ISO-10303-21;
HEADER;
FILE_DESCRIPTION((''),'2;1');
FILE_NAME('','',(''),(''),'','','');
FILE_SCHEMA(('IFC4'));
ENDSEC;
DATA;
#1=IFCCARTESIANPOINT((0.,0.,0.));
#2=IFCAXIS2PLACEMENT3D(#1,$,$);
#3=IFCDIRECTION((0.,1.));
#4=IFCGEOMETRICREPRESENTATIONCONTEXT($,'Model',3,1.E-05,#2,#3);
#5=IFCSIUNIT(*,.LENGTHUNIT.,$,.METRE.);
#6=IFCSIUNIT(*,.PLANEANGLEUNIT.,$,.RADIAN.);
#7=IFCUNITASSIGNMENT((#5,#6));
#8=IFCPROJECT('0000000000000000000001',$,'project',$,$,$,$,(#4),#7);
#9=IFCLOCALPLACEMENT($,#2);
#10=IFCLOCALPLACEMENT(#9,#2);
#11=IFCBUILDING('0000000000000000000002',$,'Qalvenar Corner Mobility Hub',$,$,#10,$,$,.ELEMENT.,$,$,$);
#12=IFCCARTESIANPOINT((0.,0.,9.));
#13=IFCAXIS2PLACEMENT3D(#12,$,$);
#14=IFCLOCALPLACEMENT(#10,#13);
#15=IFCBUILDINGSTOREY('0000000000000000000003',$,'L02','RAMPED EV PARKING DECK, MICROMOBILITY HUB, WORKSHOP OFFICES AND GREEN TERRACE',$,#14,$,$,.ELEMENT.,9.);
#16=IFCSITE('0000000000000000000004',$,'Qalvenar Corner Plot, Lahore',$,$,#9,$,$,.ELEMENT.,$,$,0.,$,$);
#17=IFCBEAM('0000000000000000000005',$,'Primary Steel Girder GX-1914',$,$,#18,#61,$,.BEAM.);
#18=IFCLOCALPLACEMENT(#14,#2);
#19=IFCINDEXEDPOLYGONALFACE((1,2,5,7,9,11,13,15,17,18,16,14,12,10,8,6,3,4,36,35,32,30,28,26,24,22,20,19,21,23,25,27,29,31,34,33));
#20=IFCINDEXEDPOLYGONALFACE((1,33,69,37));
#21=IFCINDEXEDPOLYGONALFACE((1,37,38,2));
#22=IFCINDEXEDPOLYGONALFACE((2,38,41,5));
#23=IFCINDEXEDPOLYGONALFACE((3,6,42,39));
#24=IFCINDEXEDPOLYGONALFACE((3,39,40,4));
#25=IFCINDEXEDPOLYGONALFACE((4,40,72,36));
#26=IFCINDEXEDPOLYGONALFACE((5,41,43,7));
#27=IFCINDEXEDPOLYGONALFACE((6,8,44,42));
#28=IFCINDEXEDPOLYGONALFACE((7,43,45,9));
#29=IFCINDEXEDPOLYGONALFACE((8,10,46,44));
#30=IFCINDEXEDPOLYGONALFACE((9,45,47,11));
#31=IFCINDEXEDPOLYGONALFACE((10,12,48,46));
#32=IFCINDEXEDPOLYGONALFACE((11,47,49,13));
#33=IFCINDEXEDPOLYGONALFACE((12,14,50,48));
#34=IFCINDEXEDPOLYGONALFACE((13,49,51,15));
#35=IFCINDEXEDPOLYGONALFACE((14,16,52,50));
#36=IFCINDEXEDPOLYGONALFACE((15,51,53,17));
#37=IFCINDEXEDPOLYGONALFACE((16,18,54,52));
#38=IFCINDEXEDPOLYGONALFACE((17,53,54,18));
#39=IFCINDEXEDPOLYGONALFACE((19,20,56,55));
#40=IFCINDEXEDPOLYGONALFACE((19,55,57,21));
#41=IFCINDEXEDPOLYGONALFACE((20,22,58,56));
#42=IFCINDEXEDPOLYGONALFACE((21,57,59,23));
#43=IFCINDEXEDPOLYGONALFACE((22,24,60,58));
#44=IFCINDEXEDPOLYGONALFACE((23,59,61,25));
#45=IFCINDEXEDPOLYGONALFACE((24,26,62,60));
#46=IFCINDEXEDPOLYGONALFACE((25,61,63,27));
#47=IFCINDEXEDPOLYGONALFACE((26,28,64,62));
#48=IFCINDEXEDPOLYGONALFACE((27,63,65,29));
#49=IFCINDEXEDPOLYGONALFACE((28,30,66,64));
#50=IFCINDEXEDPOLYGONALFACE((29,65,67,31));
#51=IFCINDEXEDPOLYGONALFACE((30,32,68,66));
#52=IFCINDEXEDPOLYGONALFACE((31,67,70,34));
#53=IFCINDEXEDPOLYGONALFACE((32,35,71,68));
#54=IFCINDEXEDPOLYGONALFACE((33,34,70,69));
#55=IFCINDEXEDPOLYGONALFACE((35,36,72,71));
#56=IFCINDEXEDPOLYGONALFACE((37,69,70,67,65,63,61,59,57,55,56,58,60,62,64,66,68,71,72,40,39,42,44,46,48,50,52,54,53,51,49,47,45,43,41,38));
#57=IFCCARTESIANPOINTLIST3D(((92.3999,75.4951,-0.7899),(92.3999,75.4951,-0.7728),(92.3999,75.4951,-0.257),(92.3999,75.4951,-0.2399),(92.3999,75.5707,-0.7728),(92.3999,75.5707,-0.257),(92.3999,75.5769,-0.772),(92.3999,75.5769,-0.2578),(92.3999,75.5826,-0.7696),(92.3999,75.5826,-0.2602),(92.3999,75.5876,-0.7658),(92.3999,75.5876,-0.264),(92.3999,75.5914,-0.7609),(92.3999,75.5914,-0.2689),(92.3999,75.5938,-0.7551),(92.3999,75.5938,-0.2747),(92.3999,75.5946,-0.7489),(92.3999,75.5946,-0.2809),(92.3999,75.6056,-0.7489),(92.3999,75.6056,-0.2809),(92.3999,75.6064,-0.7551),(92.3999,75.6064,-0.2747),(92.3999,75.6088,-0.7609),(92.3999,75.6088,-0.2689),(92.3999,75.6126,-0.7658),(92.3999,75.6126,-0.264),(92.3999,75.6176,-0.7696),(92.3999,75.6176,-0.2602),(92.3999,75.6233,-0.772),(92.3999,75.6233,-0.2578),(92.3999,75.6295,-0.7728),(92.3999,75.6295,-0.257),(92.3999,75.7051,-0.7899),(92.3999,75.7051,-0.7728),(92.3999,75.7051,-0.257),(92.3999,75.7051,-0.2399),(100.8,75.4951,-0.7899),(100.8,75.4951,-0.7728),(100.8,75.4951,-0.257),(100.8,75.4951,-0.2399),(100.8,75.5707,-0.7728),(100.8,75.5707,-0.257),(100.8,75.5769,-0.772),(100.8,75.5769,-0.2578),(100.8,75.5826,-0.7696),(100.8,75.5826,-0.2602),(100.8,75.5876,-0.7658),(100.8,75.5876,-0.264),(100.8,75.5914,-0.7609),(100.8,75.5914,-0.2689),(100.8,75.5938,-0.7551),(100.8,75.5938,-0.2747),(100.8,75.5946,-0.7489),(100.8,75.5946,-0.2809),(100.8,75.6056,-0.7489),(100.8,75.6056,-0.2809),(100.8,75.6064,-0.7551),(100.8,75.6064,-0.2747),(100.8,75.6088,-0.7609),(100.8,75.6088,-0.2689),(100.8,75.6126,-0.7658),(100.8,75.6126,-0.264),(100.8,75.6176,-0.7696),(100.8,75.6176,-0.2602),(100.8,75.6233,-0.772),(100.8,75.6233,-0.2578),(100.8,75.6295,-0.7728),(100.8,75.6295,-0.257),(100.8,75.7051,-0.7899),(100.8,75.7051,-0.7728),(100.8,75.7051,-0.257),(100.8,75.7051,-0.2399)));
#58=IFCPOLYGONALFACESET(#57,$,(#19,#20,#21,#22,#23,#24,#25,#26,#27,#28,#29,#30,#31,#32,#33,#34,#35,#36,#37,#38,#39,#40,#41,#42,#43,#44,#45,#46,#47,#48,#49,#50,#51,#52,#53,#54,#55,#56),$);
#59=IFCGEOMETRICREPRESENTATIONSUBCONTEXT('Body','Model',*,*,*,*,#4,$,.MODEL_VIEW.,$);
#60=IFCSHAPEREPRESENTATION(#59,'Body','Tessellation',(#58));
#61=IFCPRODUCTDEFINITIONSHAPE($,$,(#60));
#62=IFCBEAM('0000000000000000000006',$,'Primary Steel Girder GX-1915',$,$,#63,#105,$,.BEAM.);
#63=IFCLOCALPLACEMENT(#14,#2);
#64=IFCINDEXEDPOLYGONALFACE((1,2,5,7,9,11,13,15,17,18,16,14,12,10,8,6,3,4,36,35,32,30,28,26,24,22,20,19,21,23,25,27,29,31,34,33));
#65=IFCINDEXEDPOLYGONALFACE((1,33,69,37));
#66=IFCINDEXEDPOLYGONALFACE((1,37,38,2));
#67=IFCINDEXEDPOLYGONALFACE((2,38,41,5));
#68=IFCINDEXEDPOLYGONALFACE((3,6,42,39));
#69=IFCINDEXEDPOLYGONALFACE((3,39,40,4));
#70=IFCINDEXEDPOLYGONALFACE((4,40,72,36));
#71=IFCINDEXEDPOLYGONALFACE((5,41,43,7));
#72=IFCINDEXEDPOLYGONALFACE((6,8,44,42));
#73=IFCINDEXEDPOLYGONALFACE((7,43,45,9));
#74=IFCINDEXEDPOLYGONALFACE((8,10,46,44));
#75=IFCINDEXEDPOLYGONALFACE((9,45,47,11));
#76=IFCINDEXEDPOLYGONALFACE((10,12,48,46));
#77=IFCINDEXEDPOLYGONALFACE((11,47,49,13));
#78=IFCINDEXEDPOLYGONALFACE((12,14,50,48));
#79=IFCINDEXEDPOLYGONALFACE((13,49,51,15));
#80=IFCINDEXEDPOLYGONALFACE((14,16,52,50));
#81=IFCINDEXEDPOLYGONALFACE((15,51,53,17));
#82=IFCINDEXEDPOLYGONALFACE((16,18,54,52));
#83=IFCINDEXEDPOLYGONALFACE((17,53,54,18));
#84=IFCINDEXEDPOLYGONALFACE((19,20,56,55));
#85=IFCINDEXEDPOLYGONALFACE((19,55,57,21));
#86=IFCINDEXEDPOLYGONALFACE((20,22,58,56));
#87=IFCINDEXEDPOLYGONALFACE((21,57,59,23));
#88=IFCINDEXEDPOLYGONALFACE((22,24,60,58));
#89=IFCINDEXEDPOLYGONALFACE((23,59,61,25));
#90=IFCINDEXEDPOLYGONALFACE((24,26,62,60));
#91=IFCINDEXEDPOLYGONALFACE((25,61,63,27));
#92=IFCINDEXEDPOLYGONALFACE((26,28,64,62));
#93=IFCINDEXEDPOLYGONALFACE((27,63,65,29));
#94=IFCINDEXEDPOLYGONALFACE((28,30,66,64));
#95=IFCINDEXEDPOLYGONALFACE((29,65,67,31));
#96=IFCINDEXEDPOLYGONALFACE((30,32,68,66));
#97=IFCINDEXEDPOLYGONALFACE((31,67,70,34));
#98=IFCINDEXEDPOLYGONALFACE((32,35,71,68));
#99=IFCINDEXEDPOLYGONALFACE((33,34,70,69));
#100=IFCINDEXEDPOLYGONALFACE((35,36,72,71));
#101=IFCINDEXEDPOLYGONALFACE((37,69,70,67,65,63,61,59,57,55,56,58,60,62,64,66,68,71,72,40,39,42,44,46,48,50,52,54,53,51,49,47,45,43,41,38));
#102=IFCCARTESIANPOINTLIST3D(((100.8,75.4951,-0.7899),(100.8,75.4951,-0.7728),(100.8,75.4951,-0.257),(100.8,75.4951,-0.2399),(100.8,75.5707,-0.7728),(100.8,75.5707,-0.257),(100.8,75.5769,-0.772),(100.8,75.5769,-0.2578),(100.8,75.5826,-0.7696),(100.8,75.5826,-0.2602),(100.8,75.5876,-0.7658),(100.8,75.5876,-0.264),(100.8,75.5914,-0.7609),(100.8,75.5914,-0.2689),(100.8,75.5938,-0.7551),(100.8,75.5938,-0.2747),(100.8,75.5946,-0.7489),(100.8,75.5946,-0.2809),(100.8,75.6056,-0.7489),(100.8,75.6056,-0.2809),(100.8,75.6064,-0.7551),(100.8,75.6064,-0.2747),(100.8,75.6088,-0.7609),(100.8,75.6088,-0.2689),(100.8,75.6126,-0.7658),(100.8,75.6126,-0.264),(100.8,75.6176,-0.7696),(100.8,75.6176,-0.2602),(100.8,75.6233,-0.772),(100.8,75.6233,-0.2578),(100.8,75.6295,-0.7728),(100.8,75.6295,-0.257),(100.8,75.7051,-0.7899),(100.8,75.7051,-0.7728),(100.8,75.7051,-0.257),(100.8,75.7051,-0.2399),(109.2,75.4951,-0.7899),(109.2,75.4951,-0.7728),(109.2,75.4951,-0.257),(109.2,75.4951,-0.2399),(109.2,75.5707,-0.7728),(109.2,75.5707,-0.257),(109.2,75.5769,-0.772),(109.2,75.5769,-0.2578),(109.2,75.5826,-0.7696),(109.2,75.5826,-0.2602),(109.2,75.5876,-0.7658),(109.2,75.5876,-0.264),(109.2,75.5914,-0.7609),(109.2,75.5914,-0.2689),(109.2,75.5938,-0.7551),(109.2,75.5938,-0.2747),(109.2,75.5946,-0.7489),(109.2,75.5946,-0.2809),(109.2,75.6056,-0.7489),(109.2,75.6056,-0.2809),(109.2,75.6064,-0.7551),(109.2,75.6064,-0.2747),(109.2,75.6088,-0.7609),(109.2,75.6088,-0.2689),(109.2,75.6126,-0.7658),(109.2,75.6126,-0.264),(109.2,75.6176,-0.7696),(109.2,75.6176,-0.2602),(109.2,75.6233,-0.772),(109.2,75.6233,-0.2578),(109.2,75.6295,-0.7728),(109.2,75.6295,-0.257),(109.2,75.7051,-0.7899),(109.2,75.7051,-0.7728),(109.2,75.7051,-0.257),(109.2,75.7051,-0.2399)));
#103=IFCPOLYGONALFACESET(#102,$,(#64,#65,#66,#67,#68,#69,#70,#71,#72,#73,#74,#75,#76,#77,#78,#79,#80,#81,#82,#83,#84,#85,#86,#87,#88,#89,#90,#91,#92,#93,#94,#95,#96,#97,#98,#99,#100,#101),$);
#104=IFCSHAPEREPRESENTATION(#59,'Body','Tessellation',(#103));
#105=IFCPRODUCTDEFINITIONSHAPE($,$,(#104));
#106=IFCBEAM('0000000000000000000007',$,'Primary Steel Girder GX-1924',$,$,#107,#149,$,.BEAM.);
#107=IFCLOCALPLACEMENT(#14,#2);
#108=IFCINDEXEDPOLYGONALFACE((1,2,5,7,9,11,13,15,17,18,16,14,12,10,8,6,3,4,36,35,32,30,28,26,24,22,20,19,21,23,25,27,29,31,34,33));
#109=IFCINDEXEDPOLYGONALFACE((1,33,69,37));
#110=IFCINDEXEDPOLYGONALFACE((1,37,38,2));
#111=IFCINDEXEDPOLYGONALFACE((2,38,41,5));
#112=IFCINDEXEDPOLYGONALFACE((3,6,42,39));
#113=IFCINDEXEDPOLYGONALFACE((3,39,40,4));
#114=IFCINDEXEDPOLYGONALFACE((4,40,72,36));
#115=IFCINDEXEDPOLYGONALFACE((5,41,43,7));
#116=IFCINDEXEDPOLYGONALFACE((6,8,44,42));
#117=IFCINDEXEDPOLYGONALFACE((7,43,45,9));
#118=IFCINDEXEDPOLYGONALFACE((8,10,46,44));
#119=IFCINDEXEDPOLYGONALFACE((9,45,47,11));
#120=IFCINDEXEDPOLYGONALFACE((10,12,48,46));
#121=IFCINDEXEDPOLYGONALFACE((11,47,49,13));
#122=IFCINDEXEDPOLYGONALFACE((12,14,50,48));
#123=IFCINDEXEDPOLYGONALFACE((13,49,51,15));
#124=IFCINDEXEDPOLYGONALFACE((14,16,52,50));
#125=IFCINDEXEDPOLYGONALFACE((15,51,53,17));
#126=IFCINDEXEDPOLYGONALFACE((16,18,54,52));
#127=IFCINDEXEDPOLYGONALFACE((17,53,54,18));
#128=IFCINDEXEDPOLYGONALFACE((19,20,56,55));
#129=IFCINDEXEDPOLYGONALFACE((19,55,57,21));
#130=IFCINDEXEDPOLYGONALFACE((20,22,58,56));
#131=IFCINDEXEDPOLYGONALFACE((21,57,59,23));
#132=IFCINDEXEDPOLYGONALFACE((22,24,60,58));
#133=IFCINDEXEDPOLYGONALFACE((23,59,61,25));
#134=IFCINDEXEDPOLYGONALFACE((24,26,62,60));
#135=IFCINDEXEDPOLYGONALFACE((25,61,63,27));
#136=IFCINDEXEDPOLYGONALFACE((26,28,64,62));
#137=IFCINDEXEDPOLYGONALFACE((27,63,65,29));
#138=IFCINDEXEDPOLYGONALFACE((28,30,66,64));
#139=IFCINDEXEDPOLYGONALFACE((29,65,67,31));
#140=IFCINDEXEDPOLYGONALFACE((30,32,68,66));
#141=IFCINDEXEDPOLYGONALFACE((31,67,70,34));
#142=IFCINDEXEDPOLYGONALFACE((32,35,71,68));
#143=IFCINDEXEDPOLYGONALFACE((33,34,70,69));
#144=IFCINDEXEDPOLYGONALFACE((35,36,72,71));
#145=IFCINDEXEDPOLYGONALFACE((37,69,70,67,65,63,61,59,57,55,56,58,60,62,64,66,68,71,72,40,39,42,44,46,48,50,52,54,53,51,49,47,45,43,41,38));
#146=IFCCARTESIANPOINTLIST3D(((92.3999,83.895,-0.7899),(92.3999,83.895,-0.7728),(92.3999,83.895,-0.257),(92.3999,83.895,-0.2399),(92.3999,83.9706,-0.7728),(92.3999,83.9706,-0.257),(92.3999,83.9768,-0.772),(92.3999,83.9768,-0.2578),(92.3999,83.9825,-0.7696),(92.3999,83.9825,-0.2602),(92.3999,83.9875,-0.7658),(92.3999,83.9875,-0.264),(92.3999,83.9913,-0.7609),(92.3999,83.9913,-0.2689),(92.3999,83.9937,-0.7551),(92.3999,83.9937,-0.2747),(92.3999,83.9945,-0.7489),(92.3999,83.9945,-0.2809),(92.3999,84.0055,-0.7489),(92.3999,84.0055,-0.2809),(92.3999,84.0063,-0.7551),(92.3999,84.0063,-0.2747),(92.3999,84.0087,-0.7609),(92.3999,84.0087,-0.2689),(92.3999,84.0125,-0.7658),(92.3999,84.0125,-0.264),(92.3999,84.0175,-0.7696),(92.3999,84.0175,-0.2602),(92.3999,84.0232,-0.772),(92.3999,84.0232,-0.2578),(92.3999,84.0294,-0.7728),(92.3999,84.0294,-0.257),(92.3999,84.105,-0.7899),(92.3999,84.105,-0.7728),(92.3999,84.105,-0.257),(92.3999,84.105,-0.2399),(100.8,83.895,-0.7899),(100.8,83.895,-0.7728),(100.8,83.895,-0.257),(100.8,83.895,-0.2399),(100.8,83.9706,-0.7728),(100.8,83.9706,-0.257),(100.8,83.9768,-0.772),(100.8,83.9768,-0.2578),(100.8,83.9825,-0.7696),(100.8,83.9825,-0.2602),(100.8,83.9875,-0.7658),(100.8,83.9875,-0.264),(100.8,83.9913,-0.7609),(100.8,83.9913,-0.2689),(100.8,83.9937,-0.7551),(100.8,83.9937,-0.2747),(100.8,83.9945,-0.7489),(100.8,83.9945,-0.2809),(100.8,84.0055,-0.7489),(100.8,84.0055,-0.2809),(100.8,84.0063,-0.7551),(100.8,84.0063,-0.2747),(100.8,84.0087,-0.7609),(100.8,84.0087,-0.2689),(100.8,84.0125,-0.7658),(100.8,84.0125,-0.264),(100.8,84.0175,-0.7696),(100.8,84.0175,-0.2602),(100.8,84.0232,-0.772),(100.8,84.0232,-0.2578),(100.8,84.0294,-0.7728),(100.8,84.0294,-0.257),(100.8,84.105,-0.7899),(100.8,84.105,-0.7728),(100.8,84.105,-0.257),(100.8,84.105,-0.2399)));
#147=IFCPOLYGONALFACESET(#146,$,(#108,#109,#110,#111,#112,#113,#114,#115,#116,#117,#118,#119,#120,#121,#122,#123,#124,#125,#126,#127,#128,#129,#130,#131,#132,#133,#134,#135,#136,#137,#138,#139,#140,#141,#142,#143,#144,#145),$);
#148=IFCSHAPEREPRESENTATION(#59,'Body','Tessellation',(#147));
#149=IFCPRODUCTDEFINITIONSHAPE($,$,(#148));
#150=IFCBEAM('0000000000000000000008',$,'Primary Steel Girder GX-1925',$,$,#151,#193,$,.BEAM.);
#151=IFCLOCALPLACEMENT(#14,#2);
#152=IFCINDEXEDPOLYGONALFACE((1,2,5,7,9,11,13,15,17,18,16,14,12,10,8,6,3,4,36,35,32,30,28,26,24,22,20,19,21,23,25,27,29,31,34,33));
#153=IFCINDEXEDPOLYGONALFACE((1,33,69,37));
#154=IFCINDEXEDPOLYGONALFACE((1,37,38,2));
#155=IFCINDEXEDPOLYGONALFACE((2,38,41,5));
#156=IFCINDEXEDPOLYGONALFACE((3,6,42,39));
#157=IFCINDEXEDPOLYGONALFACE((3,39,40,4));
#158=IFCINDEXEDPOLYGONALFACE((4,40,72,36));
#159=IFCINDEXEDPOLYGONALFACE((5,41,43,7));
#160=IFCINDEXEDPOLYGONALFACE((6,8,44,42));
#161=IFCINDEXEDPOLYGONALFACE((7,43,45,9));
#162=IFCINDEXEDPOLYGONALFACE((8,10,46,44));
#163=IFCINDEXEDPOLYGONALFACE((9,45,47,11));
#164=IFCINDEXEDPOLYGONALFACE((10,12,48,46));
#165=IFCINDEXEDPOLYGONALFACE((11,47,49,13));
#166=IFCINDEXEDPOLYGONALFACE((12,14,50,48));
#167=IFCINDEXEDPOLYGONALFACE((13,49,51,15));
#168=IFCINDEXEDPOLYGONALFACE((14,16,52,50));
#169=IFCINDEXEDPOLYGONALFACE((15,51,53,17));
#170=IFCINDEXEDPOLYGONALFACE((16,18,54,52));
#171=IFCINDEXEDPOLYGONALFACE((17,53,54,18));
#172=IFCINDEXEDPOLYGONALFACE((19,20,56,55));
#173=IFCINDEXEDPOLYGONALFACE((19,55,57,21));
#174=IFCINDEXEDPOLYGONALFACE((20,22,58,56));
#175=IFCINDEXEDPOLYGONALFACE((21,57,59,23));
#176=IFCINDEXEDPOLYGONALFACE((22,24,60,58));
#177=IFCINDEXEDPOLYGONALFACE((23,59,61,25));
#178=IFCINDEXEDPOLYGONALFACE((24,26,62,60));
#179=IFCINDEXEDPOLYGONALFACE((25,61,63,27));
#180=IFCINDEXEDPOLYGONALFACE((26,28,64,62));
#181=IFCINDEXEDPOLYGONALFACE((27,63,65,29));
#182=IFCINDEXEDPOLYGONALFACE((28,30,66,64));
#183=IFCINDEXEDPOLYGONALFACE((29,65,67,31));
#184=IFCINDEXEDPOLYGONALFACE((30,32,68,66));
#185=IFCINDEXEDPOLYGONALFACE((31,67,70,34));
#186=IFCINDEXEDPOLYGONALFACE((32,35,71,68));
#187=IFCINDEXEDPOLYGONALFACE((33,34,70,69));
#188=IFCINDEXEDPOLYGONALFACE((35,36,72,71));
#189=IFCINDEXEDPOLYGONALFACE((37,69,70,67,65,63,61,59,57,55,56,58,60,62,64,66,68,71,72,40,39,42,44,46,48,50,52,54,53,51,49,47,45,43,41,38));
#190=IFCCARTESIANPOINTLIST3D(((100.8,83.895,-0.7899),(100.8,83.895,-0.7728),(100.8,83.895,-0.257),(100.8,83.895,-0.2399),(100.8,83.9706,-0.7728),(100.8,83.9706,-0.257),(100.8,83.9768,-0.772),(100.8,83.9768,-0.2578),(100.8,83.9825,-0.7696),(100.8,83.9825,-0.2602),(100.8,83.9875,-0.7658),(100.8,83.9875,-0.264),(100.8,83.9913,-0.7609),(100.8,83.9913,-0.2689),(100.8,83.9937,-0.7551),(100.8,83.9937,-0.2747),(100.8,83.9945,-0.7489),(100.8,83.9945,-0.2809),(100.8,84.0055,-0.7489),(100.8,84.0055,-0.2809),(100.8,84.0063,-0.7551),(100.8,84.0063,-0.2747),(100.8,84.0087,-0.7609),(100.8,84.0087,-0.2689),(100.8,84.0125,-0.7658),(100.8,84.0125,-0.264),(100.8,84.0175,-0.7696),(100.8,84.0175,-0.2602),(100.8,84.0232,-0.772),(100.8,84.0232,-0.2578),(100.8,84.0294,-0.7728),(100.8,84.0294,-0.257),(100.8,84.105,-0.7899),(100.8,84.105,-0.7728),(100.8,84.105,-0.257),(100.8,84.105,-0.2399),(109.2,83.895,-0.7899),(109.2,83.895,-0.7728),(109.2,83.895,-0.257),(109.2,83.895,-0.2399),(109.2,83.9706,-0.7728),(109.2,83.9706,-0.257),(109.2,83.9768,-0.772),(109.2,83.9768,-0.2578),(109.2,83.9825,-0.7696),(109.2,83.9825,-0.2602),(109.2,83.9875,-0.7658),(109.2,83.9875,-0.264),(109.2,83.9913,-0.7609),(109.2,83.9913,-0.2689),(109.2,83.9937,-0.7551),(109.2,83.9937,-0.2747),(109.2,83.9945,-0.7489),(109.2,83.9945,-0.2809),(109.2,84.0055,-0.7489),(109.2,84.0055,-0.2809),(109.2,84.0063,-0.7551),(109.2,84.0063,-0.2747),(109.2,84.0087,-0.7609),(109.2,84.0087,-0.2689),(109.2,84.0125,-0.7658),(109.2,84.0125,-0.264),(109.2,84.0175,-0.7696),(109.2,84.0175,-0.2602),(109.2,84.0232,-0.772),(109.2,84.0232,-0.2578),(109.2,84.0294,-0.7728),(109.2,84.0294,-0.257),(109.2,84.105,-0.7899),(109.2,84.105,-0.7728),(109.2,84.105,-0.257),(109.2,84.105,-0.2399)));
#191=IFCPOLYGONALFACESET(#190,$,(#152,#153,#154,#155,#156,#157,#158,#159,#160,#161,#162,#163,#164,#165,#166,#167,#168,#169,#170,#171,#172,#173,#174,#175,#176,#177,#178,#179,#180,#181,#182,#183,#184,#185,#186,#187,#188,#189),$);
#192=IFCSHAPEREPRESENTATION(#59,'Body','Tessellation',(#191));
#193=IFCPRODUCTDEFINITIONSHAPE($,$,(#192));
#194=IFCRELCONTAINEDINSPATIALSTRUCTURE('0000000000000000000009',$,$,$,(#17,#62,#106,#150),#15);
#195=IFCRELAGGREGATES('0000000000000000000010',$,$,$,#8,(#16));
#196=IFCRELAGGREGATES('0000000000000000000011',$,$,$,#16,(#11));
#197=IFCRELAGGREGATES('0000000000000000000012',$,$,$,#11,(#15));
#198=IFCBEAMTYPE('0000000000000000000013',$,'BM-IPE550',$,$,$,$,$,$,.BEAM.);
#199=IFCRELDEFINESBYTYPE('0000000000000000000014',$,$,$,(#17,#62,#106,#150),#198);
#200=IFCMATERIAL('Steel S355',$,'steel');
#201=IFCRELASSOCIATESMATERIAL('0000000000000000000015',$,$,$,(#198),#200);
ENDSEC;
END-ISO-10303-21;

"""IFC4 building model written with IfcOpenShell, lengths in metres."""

from ifc_helpers import new_model, si_unit, direction, frame, origin, origin_2d, place, context, subcontext, project, spatial, i_section, extrude, material, material_profile, profile_set, type_object, element, save


model = new_model("IFC4")

# Units and contexts
model_context = context("Model", 3, precision=1e-05, world=origin(), true_north=direction((0.0, 1.0)))
body_context = subcontext(model_context, "Body", "Model", "MODEL_VIEW")
ifc_project = project(units=[si_unit("LENGTHUNIT", "METRE"), si_unit("PLANEANGLEUNIT", "RADIAN")], contexts=[model_context])

# Site, building, storey
site_placement = place(None, origin())
site = spatial("IfcSite", under=ifc_project, at=site_placement, Name="Qalvenar Corner Plot, Lahore", CompositionType="ELEMENT", RefElevation=0.0)
building_placement = place(site_placement, origin())
building = spatial("IfcBuilding", under=site, at=building_placement, Name="Qalvenar Corner Mobility Hub", CompositionType="ELEMENT")
storey_placement = place(building_placement, frame((0.0, 0.0, 9.0)))
storey = spatial("IfcBuildingStorey", under=building, at=storey_placement, Name="L02", Description="RAMPED EV PARKING DECK, MICROMOBILITY HUB, WORKSHOP OFFICES AND GREEN TERRACE", CompositionType="ELEMENT", Elevation=9.0)

# Shared definitions
ifc_material = material(Name="Steel S355", Category="steel")

# Beams
ifc_material_profile_1 = material_profile(ifc_material, i_section(OverallWidth=0.21, OverallDepth=0.55, WebThickness=0.011, FlangeThickness=0.0171, FilletRadius=0.0239, at=origin_2d()), Name="IPE550")
ifc_profile_set_1 = profile_set([ifc_material_profile_1], Name="Steel S355")
beam_type_1 = type_object("IfcBeamType", Name="BM-IPE550", PredefinedType="BEAM", material=ifc_profile_set_1)
beam_1_placement = place(storey_placement, frame((92.3999, 75.6001, -0.5149), z_axis=(1.0, 0.0, 0.0), x_axis=(0.0, 1.0, 0.0)))
element("IfcBeam", 1, at=beam_1_placement, inside=storey, type_object=beam_type_1, Name="Primary Steel Girder GX-1914", PredefinedType="BEAM", context=body_context, shape_type="SweptSolid", body=[
    extrude(i_section(OverallWidth=0.21, OverallDepth=0.55, WebThickness=0.011, FlangeThickness=0.0171, FilletRadius=0.0239, at=origin_2d()), origin(), (0.0, 0.0, 1.0), 8.4001),
])
beam_2_placement = place(storey_placement, frame((100.8, 75.6001, -0.5149), z_axis=(1.0, 0.0, 0.0), x_axis=(0.0, 1.0, 0.0)))
element("IfcBeam", 2, at=beam_2_placement, inside=storey, type_object=beam_type_1, Name="Primary Steel Girder GX-1915", PredefinedType="BEAM", context=body_context, shape_type="SweptSolid", body=[
    extrude(i_section(OverallWidth=0.21, OverallDepth=0.55, WebThickness=0.011, FlangeThickness=0.0171, FilletRadius=0.0239, at=origin_2d()), origin(), (0.0, 0.0, 1.0), 8.3999),
])
beam_3_placement = place(storey_placement, frame((92.3999, 84.0, -0.5149), z_axis=(1.0, 0.0, 0.0), x_axis=(0.0, 1.0, 0.0)))
element("IfcBeam", 3, at=beam_3_placement, inside=storey, type_object=beam_type_1, Name="Primary Steel Girder GX-1924", PredefinedType="BEAM", context=body_context, shape_type="SweptSolid", body=[
    extrude(i_section(OverallWidth=0.21, OverallDepth=0.55, WebThickness=0.011, FlangeThickness=0.0171, FilletRadius=0.0239, at=origin_2d()), origin(), (0.0, 0.0, 1.0), 8.4001),
])
beam_4_placement = place(storey_placement, frame((100.8, 84.0, -0.5149), z_axis=(1.0, 0.0, 0.0), x_axis=(0.0, 1.0, 0.0)))
element("IfcBeam", 4, at=beam_4_placement, inside=storey, type_object=beam_type_1, Name="Primary Steel Girder GX-1925", PredefinedType="BEAM", context=body_context, shape_type="SweptSolid", body=[
    extrude(i_section(OverallWidth=0.21, OverallDepth=0.55, WebThickness=0.011, FlangeThickness=0.0171, FilletRadius=0.0239, at=origin_2d()), origin(), (0.0, 0.0, 1.0), 8.3999),
])

save(model, "model.ifc")
